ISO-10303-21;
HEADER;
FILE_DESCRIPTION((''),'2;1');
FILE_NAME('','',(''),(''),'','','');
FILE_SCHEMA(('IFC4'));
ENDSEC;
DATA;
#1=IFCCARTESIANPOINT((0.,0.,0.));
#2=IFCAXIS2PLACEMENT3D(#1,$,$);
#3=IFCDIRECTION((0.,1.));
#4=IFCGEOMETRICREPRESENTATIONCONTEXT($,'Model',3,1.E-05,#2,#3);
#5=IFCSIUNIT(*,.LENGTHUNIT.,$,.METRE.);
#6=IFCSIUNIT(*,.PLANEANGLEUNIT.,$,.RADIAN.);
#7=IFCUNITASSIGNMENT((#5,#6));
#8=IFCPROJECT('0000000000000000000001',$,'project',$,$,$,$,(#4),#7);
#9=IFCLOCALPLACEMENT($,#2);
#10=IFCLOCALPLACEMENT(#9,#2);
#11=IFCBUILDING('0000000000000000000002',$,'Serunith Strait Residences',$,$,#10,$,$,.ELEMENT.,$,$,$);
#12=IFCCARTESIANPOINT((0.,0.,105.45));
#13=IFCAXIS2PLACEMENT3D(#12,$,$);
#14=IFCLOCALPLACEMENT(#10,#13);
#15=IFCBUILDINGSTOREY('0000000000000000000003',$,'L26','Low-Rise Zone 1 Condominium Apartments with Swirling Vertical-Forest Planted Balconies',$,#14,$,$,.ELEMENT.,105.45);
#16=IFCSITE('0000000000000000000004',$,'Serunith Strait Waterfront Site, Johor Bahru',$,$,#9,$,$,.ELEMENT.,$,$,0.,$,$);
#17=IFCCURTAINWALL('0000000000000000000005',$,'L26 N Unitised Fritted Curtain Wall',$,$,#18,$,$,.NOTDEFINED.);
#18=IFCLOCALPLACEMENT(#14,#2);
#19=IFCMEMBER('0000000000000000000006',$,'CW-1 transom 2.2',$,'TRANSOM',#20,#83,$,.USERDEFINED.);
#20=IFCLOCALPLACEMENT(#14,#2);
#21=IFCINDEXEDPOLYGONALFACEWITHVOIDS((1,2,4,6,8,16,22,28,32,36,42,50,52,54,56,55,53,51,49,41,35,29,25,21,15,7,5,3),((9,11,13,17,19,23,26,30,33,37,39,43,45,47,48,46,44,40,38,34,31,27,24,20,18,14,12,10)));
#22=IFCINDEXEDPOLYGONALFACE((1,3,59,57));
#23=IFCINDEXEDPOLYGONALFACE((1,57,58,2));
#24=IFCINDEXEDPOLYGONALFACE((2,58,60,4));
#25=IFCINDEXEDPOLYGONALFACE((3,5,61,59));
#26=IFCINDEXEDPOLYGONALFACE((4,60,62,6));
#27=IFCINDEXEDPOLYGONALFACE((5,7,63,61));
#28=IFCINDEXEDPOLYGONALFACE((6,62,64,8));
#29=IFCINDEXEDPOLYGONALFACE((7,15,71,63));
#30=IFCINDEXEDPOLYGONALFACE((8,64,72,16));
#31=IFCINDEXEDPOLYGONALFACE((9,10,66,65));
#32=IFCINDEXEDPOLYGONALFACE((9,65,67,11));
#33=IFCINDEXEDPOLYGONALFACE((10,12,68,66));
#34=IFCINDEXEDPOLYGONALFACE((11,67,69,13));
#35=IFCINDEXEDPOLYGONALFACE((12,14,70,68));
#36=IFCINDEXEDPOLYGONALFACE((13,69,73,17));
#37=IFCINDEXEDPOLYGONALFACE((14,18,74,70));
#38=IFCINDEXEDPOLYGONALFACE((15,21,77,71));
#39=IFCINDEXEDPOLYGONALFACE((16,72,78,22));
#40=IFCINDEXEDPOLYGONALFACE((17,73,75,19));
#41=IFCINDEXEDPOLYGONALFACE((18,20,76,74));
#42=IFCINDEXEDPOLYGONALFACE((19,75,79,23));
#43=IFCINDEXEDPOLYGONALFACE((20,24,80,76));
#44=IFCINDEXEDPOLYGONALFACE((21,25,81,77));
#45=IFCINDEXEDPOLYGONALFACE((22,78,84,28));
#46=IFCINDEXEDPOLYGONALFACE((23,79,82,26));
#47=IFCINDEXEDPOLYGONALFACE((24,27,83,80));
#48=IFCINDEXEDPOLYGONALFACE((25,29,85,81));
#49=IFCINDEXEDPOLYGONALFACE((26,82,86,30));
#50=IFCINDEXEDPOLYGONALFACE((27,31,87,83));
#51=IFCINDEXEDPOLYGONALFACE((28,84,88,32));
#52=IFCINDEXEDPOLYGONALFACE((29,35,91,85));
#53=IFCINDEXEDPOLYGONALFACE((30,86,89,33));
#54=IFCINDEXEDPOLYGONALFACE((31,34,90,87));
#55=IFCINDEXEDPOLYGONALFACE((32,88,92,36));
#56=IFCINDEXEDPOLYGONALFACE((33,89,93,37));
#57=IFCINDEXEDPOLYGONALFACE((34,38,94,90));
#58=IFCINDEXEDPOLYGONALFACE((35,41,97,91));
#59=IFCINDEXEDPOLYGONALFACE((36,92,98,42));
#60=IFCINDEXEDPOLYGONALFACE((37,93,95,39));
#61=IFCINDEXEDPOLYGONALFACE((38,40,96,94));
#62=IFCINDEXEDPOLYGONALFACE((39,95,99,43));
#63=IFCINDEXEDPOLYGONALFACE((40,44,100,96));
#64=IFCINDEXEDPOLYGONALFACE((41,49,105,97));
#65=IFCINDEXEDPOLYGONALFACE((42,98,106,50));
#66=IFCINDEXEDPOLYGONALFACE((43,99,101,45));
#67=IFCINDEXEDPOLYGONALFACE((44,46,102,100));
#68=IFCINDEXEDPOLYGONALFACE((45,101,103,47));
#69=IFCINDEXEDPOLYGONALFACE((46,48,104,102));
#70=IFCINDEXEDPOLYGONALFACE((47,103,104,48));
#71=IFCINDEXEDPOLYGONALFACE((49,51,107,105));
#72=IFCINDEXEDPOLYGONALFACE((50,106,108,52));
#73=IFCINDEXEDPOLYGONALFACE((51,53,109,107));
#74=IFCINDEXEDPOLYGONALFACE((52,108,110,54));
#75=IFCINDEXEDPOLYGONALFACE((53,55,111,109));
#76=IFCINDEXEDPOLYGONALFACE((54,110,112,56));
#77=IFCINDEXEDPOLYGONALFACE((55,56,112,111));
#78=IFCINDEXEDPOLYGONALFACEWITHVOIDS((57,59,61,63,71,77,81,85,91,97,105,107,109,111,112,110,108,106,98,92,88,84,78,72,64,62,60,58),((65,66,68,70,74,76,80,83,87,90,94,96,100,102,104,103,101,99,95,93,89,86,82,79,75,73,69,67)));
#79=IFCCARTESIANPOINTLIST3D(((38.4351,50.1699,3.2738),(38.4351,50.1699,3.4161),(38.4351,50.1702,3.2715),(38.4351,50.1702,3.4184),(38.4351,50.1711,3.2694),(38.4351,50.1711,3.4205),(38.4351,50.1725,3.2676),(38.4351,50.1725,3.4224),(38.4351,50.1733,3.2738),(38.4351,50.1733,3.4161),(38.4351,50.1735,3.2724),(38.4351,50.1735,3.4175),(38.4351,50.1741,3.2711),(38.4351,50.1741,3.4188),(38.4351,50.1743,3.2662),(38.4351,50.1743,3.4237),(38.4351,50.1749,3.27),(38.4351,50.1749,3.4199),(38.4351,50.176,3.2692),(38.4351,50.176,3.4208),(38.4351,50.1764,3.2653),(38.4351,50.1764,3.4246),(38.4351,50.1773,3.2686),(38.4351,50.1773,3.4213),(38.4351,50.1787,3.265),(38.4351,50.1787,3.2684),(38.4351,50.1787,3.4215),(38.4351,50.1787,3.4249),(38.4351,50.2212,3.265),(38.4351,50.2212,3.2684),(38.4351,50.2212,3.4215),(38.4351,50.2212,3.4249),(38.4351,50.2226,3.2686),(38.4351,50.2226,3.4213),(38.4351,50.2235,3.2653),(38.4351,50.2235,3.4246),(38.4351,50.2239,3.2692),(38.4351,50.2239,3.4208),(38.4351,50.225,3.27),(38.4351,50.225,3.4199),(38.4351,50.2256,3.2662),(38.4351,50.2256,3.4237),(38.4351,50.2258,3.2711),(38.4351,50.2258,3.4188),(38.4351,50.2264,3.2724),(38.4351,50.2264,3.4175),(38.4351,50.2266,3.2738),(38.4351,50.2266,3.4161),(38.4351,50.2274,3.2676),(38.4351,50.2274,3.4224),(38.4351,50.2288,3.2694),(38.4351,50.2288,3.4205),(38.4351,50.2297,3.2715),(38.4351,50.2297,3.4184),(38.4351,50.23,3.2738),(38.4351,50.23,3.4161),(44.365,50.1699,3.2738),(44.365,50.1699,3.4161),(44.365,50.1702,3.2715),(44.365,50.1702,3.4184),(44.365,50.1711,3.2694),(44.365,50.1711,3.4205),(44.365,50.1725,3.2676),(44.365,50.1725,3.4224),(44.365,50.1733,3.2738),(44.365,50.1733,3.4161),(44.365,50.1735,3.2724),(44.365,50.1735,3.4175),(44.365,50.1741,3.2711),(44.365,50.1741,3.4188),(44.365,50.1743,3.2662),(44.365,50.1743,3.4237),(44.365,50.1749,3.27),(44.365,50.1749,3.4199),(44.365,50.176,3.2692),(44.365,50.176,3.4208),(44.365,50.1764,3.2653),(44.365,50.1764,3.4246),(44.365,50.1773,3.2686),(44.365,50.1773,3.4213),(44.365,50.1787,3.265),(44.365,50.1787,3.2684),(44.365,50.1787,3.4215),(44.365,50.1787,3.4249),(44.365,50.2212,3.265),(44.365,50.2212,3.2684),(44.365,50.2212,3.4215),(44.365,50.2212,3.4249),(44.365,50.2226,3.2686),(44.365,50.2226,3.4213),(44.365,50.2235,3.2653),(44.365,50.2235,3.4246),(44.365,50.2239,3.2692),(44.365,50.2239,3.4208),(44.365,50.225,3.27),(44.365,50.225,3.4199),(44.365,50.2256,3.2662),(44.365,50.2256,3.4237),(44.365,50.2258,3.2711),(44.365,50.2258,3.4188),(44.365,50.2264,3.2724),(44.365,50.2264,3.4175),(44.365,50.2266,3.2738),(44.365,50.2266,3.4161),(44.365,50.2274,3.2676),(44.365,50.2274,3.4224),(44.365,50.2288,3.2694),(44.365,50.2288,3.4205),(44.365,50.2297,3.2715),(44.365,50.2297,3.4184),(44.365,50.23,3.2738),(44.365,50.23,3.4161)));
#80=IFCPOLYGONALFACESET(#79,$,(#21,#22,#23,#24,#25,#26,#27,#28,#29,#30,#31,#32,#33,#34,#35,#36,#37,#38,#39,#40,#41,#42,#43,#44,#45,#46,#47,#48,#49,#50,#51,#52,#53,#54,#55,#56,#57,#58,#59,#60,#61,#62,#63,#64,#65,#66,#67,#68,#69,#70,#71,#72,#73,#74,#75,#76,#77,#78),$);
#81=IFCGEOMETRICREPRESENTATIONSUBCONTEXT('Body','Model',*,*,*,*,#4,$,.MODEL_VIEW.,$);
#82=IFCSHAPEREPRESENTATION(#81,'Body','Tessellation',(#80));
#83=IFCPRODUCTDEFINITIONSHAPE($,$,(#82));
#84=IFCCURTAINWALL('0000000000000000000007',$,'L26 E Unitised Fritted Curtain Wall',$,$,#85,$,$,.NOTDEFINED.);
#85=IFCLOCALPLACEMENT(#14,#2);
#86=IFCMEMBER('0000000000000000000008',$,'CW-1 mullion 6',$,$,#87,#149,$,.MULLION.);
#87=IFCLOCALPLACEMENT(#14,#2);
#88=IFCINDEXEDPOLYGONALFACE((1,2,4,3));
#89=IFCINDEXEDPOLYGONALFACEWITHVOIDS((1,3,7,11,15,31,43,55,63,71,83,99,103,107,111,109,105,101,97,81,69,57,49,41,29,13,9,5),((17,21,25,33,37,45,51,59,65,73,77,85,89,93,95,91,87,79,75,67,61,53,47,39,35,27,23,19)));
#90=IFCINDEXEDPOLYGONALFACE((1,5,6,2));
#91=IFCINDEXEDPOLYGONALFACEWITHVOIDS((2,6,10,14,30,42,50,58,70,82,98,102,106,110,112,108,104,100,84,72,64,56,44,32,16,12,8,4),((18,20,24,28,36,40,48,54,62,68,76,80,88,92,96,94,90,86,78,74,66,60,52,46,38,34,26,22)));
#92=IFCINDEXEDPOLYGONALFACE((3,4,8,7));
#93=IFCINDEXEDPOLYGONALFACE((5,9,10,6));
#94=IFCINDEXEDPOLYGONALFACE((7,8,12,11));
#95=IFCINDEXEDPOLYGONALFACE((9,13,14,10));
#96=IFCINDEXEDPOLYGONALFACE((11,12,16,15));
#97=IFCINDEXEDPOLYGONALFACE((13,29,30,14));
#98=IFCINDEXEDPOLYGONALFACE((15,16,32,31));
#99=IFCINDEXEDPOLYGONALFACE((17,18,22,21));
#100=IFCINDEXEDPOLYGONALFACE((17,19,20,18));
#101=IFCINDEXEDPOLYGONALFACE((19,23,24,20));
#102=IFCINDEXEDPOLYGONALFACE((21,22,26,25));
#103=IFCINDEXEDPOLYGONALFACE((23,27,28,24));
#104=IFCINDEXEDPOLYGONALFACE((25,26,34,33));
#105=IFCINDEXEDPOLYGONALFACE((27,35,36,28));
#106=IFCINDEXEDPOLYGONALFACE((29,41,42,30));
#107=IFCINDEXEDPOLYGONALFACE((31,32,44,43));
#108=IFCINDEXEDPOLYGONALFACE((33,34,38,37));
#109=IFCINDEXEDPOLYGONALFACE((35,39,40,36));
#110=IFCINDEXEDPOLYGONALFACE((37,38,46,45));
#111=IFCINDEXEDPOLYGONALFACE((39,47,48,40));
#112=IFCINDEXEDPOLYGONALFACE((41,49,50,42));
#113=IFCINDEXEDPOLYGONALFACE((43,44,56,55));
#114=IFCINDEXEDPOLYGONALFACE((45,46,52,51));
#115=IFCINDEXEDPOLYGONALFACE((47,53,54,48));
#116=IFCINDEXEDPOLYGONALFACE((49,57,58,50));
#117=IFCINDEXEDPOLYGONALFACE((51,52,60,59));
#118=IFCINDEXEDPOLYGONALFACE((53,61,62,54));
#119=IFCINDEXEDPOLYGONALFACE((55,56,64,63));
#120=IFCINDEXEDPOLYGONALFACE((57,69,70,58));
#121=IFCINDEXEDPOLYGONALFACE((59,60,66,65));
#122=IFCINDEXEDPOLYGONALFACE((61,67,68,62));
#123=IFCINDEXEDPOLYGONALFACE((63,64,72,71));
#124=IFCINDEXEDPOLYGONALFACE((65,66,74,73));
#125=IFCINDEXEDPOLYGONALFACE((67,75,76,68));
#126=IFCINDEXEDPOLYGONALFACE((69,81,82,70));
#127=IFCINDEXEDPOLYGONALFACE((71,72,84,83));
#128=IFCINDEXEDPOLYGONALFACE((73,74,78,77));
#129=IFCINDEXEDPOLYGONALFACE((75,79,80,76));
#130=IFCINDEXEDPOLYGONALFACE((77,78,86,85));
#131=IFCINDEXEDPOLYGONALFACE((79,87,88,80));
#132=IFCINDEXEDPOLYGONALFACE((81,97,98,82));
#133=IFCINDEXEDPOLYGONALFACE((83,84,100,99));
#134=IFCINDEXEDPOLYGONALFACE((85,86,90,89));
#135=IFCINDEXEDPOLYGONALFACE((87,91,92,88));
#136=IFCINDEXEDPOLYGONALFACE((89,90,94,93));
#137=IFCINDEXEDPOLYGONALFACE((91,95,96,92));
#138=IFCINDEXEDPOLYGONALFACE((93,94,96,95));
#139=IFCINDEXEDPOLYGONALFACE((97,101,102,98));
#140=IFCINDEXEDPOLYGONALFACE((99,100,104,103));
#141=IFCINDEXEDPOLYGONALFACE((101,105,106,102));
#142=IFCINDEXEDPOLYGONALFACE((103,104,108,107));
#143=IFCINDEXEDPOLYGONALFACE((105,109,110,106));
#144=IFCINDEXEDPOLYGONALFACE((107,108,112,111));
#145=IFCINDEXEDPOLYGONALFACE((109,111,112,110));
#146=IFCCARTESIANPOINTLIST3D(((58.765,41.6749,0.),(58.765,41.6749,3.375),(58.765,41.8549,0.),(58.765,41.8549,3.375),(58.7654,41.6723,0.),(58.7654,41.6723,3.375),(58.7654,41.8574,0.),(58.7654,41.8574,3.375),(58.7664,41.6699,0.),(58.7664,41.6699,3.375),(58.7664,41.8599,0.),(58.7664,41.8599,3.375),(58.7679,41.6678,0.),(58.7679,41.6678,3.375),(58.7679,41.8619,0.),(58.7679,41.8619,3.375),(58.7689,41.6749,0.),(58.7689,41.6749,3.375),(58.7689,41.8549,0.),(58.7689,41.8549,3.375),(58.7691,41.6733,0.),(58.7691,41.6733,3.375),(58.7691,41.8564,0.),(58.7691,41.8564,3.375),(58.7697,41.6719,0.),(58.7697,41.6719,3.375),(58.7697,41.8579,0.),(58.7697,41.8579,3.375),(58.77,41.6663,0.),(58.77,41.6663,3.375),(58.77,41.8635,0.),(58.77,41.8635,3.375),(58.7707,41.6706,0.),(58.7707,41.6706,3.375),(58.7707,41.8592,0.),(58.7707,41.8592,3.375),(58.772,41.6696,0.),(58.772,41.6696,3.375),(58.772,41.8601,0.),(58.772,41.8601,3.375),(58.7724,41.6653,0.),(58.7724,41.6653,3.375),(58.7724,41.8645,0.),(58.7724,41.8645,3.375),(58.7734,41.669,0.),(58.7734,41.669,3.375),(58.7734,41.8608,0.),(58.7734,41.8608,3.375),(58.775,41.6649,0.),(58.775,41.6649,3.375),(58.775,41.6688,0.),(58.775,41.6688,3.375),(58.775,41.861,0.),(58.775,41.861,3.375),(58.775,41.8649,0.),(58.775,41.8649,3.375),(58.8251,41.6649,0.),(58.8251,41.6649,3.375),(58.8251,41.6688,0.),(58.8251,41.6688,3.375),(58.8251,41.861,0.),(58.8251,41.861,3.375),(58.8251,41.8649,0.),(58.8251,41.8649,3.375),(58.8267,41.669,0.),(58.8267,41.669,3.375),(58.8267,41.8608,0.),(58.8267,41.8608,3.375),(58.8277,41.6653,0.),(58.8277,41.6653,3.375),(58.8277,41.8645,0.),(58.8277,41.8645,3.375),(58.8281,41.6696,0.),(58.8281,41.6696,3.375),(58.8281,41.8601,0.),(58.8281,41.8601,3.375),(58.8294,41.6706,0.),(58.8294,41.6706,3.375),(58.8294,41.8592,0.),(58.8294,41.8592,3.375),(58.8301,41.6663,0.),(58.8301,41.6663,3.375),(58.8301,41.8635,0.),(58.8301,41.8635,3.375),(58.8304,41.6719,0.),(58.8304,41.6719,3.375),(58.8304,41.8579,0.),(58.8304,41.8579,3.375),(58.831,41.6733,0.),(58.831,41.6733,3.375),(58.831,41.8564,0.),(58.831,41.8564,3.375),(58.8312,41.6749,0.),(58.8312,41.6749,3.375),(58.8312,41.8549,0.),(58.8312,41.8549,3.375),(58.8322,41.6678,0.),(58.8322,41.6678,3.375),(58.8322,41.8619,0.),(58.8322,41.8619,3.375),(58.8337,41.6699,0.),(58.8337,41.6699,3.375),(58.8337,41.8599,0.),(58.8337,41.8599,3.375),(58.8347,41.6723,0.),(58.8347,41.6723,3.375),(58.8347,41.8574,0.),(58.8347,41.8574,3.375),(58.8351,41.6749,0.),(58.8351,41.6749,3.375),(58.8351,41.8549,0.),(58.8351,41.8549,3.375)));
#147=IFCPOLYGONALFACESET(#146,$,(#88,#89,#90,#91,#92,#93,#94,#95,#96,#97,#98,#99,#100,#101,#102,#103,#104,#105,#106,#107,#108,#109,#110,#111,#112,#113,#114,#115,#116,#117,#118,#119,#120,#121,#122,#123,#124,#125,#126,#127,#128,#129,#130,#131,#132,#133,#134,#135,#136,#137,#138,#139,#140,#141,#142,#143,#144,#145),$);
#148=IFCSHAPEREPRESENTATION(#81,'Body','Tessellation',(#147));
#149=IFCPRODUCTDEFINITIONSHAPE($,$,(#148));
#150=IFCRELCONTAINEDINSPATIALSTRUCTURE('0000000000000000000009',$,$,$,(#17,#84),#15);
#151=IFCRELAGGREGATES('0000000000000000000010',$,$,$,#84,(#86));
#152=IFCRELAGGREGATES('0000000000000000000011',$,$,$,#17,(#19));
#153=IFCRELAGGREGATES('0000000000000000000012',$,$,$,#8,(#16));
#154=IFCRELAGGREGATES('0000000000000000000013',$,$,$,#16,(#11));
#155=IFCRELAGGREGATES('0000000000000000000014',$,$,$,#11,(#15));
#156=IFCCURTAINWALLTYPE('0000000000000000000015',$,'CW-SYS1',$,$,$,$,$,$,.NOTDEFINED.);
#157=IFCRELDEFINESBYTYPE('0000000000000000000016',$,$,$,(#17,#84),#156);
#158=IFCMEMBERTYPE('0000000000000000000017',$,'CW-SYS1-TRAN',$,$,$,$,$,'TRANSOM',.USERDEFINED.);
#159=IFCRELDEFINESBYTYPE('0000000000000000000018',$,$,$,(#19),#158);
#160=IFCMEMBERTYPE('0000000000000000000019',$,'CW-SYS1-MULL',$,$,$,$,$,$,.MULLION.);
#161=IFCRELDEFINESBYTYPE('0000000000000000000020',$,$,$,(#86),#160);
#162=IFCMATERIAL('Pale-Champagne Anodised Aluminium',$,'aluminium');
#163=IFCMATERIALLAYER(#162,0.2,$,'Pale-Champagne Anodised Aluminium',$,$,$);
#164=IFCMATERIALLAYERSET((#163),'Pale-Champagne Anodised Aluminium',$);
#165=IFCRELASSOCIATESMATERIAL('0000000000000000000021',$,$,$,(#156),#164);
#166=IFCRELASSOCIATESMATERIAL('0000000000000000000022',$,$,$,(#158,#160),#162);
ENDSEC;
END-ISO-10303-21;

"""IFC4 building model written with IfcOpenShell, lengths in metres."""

from ifc_helpers import new_model, si_unit, direction, frame, origin, origin_2d, place, context, subcontext, project, spatial, hollow_rectangle, extrude, source, transform, mapped, material, layer, layer_set, material_profile, profile_set, type_object, element, aggregate, save


model = new_model("IFC4")

# Units and contexts
model_context = context("Model", 3, precision=1e-05, world=origin(), true_north=direction((0.0, 1.0)))
body_context = subcontext(model_context, "Body", "Model", "MODEL_VIEW")
ifc_project = project(units=[si_unit("LENGTHUNIT", "METRE"), si_unit("PLANEANGLEUNIT", "RADIAN")], contexts=[model_context])

# Site, building, storey
site_placement = place(None, origin())
site = spatial("IfcSite", under=ifc_project, at=site_placement, Name="Serunith Strait Waterfront Site, Johor Bahru", CompositionType="ELEMENT", RefElevation=0.0)
building_placement = place(site_placement, origin())
building = spatial("IfcBuilding", under=site, at=building_placement, Name="Serunith Strait Residences", CompositionType="ELEMENT")
storey_placement = place(building_placement, frame((0.0, 0.0, 105.45)))
storey = spatial("IfcBuildingStorey", under=building, at=storey_placement, Name="L26", Description="Low-Rise Zone 1 Condominium Apartments with Swirling Vertical-Forest Planted Balconies", CompositionType="ELEMENT", Elevation=105.45)

# Curtain wall, member
ifc_material_1 = material(Name="Pale-Champagne Anodised Aluminium", Category="aluminium")
ifc_layer_1 = layer(ifc_material_1, 0.2, Name="Pale-Champagne Anodised Aluminium")
ifc_layer_set_1 = layer_set([ifc_layer_1], Name="Pale-Champagne Anodised Aluminium")
curtain_wall_type = type_object("IfcCurtainWallType", Name="CW-SYS1", PredefinedType="NOTDEFINED", material=ifc_layer_set_1)
curtain_wall_1_placement = place(storey_placement, origin())
curtain_wall_1 = element("IfcCurtainWall", 1, at=curtain_wall_1_placement, inside=storey, type_object=curtain_wall_type, Name="L26 N Unitised Fritted Curtain Wall", PredefinedType="NOTDEFINED")
ifc_material_profile_1 = material_profile(ifc_material_1, hollow_rectangle(XDim=0.0601, YDim=0.1599, WallThickness=0.0034, InnerFilletRadius=0.0054, OuterFilletRadius=0.0088, at=origin_2d()), Name="ALU 160x60x3.5")
ifc_profile_set_1 = profile_set([ifc_material_profile_1], Name="Pale-Champagne Anodised Aluminium")
member_type_1 = type_object("IfcMemberType", Name="CW-SYS1-TRAN", ElementType="TRANSOM", PredefinedType="USERDEFINED", material=ifc_profile_set_1)
shared_shape_1 = source(origin(), body_context, "Body", "SweptSolid", [
    extrude(hollow_rectangle(XDim=0.0601, YDim=0.1599, WallThickness=0.0034, InnerFilletRadius=0.0054, OuterFilletRadius=0.0088, at=origin_2d()), origin(), (0.0, 0.0, 1.0), 5.9299),
])
member_1_placement = place(storey_placement, frame((44.365, 50.2, 3.345), z_axis=(-1.0, 0.0, 0.0), x_axis=(0.0, -1.0, 0.0)))
member_1 = element("IfcMember", 2, at=member_1_placement, type_object=member_type_1, Name="CW-1 transom 2.2", ObjectType="TRANSOM", PredefinedType="USERDEFINED", context=body_context, shape_type="MappedRepresentation", body=[
    mapped(shared_shape_1, transform((0.0, 0.0, 0.0), scale=1.0)),
])

# Curtain wall, member
curtain_wall_2_placement = place(storey_placement, origin())
curtain_wall_2 = element("IfcCurtainWall", 3, at=curtain_wall_2_placement, inside=storey, type_object=curtain_wall_type, Name="L26 E Unitised Fritted Curtain Wall", PredefinedType="NOTDEFINED")
ifc_material_profile_2 = material_profile(ifc_material_1, hollow_rectangle(XDim=0.0701, YDim=0.2, WallThickness=0.0039, InnerFilletRadius=0.0061, OuterFilletRadius=0.01, at=origin_2d()), Name="ALU 200x70x4")
ifc_profile_set_2 = profile_set([ifc_material_profile_2], Name="Pale-Champagne Anodised Aluminium")
member_type_2 = type_object("IfcMemberType", Name="CW-SYS1-MULL", PredefinedType="MULLION", material=ifc_profile_set_2)
shared_shape_2 = source(origin(), body_context, "Body", "SweptSolid", [
    extrude(hollow_rectangle(XDim=0.0701, YDim=0.2, WallThickness=0.0039, InnerFilletRadius=0.0061, OuterFilletRadius=0.01, at=origin_2d()), origin(), (0.0, 0.0, 1.0), 3.375),
])
member_2_placement = place(storey_placement, frame((58.8, 41.7649, 0.0), z_axis=(0.0, 0.0, 1.0), x_axis=(-1.0, 0.0, 0.0)))
member_2 = element("IfcMember", 4, at=member_2_placement, type_object=member_type_2, Name="CW-1 mullion 6", PredefinedType="MULLION", context=body_context, shape_type="MappedRepresentation", body=[
    mapped(shared_shape_2, transform((0.0, 0.0, 0.0), scale=1.0)),
])
aggregate(curtain_wall_2, [member_2])

aggregate(curtain_wall_1, [member_1])

save(model, "model.ifc")
